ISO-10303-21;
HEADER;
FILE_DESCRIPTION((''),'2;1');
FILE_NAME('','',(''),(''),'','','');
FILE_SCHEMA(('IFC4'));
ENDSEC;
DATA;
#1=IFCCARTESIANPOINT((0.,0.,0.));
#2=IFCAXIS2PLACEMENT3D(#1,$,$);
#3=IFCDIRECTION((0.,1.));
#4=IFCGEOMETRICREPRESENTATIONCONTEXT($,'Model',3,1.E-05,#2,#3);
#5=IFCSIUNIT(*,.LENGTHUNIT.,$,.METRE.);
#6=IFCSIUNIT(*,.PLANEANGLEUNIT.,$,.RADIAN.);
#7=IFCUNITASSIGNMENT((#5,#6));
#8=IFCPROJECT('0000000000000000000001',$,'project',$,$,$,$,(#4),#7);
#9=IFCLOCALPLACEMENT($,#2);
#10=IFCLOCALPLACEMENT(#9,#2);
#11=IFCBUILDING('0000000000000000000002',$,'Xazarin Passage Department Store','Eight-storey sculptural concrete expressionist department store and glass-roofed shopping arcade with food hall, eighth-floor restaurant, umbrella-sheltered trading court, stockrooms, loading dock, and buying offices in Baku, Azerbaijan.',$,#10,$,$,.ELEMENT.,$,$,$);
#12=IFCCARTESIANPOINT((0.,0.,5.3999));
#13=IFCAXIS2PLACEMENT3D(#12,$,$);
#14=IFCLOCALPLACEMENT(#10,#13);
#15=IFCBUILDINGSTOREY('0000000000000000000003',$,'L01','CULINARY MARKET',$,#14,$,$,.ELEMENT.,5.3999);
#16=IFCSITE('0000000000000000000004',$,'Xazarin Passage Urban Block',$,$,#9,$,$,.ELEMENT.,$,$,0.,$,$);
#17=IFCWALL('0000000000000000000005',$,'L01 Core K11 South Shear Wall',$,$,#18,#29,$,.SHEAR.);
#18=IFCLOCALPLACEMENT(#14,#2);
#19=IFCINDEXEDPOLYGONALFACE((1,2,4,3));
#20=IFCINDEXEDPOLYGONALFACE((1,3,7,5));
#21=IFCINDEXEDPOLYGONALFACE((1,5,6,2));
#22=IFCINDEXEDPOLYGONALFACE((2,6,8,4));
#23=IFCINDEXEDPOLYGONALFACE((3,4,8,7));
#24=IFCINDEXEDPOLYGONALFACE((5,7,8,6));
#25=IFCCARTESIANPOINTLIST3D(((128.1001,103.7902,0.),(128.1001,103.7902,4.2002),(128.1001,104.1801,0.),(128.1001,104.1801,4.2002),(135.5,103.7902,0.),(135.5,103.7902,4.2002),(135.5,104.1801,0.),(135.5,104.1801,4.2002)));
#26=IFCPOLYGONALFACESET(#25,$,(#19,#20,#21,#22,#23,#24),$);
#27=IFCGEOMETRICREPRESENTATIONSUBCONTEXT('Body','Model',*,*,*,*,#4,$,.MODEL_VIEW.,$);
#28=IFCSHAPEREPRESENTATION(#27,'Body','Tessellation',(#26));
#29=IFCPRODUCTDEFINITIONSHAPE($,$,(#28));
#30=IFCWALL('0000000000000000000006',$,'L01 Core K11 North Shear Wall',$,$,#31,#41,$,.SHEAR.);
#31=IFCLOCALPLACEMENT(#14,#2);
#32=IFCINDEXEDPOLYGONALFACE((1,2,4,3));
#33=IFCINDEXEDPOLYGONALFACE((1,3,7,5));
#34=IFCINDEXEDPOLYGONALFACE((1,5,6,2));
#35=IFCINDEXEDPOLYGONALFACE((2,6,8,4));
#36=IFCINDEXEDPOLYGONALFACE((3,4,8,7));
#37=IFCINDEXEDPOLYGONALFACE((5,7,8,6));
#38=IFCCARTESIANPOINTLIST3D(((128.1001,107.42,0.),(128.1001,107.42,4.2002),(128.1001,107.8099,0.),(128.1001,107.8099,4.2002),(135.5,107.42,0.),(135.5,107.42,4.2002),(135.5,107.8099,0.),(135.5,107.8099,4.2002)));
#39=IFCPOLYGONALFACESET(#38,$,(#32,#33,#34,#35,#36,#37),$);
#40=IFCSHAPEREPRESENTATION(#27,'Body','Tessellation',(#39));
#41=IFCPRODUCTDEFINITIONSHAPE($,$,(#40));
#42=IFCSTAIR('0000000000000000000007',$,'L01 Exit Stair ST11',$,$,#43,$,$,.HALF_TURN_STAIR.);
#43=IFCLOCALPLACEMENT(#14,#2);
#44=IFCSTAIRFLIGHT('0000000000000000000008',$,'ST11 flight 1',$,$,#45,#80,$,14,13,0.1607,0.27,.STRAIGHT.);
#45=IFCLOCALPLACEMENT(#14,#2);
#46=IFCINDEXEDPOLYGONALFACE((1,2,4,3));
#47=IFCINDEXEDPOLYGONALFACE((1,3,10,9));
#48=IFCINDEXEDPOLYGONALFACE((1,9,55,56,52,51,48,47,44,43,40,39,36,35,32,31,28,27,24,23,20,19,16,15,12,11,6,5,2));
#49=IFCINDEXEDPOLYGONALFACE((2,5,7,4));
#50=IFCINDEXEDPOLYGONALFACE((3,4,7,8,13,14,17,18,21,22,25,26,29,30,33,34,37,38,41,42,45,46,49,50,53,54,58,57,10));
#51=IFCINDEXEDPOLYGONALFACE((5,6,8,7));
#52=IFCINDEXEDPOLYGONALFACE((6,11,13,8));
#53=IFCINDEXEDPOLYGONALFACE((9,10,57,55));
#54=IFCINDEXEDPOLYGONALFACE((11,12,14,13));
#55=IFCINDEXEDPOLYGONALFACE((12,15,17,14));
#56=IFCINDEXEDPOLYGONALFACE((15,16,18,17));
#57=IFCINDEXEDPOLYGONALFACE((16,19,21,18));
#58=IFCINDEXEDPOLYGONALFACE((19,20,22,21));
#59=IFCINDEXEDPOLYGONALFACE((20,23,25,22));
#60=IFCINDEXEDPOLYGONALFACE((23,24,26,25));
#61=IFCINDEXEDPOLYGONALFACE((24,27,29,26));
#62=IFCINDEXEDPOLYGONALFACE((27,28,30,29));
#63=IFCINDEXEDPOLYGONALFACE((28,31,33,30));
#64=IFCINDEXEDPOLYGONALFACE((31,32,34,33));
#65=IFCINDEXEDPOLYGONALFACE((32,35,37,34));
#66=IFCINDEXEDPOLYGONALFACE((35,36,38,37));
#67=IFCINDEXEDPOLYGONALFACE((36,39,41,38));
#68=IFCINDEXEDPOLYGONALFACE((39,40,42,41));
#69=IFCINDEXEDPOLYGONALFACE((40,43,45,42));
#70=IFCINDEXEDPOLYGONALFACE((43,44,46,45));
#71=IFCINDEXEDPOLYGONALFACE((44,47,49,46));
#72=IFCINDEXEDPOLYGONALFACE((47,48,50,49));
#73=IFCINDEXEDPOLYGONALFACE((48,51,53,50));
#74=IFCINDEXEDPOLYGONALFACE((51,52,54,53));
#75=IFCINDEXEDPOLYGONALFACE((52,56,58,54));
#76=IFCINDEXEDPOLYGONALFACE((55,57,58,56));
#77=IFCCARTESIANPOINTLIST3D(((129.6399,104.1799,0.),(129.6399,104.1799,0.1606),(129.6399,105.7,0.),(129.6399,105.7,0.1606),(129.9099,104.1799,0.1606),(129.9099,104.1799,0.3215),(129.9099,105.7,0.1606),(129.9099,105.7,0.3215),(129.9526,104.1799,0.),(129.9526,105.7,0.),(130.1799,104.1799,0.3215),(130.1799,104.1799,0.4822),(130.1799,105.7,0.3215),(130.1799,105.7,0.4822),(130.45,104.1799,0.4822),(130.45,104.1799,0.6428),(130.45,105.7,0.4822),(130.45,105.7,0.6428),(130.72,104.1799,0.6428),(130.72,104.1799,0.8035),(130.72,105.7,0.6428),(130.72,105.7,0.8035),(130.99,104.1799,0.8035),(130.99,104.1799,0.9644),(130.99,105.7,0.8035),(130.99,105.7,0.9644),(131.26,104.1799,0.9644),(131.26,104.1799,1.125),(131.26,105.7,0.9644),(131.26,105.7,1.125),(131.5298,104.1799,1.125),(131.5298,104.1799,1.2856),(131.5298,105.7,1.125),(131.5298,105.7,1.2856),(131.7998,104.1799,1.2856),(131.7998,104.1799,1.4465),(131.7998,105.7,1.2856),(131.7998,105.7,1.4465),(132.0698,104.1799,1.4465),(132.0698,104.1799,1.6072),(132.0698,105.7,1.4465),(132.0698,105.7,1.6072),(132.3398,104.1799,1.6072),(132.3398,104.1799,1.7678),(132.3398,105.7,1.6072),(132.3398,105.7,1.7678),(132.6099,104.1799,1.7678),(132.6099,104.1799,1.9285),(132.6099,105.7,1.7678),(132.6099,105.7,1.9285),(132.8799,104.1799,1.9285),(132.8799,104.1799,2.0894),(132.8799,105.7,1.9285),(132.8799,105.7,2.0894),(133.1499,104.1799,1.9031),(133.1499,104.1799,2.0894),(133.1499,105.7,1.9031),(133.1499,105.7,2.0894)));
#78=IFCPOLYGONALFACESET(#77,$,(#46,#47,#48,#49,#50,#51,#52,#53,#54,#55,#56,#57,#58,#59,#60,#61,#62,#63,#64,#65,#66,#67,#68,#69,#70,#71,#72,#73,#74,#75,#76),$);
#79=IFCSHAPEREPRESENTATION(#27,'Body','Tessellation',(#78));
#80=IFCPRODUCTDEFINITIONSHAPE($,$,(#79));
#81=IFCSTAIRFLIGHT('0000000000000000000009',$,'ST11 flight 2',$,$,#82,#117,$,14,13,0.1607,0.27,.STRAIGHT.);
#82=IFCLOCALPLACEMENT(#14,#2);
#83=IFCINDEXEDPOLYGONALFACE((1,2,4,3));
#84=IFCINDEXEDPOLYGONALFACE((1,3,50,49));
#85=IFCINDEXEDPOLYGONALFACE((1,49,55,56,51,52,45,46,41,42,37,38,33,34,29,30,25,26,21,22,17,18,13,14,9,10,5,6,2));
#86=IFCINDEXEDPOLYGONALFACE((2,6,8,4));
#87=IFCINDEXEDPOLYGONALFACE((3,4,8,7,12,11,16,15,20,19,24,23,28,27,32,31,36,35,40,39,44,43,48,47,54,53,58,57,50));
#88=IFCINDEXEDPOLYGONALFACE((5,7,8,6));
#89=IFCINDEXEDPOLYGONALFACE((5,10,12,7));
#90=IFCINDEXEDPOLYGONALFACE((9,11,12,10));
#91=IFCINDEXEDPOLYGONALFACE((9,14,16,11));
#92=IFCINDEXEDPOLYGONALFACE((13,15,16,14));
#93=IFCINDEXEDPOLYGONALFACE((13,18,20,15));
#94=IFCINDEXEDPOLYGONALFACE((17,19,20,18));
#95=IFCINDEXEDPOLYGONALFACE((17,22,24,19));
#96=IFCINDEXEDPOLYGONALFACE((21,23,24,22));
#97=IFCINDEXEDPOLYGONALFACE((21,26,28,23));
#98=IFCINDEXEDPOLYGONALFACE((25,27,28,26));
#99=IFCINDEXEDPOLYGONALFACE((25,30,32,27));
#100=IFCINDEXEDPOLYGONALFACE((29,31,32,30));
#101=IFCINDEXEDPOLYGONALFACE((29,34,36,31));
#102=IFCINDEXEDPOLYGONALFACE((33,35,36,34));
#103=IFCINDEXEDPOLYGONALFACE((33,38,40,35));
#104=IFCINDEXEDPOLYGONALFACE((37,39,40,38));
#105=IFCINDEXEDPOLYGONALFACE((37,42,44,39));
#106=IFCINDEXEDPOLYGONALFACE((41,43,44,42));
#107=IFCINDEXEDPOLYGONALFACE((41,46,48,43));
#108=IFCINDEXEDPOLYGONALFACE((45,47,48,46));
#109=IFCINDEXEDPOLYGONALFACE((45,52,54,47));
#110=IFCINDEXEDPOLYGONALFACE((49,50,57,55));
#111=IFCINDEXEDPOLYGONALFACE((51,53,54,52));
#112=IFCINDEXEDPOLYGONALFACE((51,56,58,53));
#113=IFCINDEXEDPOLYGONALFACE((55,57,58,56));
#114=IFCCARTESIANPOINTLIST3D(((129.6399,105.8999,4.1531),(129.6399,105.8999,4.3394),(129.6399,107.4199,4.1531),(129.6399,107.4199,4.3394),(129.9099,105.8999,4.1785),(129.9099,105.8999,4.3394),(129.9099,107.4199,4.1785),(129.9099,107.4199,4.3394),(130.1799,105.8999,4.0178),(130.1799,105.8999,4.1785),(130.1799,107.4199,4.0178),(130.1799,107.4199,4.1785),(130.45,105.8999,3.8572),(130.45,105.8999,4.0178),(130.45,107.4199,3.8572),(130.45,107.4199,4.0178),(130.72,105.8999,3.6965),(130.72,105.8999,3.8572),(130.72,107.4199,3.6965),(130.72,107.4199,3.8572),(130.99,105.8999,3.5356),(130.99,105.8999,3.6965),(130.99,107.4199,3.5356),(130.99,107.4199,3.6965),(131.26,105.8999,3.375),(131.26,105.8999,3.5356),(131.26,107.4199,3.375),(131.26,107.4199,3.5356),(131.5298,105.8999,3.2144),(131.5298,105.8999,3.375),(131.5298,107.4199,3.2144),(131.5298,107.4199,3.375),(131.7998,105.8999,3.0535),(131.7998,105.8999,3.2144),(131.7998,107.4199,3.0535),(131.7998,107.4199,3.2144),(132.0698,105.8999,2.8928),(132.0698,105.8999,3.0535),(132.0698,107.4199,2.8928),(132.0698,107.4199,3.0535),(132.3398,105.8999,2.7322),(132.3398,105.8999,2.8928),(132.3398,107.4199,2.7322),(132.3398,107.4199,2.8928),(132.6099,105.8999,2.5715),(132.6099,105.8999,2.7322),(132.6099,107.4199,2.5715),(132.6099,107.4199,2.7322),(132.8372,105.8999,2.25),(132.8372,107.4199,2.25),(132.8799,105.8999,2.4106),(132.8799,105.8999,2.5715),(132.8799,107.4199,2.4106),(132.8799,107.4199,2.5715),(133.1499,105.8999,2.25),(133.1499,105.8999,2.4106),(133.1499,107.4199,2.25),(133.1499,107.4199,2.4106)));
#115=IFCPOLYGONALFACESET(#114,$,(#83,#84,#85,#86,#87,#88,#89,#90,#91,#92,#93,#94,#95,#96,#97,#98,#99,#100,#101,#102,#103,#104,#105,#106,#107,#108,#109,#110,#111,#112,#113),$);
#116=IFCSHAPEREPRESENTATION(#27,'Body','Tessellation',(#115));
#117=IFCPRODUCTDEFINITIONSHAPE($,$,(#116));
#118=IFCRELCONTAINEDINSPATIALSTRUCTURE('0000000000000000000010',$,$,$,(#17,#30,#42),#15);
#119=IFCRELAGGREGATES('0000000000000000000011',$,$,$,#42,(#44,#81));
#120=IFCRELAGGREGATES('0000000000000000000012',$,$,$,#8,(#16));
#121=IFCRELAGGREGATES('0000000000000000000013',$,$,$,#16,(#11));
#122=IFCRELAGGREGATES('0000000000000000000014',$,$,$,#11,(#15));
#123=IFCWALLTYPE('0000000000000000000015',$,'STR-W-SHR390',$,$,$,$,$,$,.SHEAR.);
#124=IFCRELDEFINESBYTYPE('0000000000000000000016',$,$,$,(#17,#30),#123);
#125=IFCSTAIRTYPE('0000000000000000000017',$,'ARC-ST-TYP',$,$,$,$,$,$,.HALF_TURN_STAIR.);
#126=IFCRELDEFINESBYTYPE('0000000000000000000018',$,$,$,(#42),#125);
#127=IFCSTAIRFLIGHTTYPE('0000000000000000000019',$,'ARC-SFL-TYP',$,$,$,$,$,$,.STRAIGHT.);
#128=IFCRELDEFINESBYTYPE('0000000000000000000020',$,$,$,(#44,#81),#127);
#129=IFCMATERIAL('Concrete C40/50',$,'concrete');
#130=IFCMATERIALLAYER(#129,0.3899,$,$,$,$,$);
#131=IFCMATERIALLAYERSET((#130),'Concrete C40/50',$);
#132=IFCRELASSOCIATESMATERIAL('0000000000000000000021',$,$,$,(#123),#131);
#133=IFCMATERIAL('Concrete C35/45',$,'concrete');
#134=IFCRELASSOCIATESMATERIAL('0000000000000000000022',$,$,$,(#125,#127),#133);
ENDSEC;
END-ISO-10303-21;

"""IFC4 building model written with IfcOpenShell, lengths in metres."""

from ifc_helpers import new_model, si_unit, direction, frame, frame_2d, origin, place, context, subcontext, project, spatial, polyline, rectangle, outline, extrude, material, layer, layer_set, type_object, element, aggregate, save


model = new_model("IFC4")

# Units and contexts
model_context = context("Model", 3, precision=1e-05, world=origin(), true_north=direction((0.0, 1.0)))
body_context = subcontext(model_context, "Body", "Model", "MODEL_VIEW")
ifc_project = project(units=[si_unit("LENGTHUNIT", "METRE"), si_unit("PLANEANGLEUNIT", "RADIAN")], contexts=[model_context])

# Site, building, storey
site_placement = place(None, origin())
site = spatial("IfcSite", under=ifc_project, at=site_placement, Name="Xazarin Passage Urban Block", CompositionType="ELEMENT", RefElevation=0.0)
building_placement = place(site_placement, origin())
building = spatial("IfcBuilding", under=site, at=building_placement, Name="Xazarin Passage Department Store", Description="Eight-storey sculptural concrete expressionist department store and glass-roofed shopping arcade with food hall, eighth-floor restaurant, umbrella-sheltered trading court, stockrooms, loading dock, and buying offices in Baku, Azerbaijan.", CompositionType="ELEMENT")
storey_placement = place(building_placement, frame((0.0, 0.0, 5.3999)))
storey = spatial("IfcBuildingStorey", under=building, at=storey_placement, Name="L01", Description="CULINARY MARKET", CompositionType="ELEMENT", Elevation=5.3999)

# Shared definitions
ifc_material_1 = material(Name="Concrete C40/50", Category="concrete")

# Shared definitions
ifc_material_2 = material(Name="Concrete C35/45", Category="concrete")

# Shared definitions
ifc_layer_1 = layer(ifc_material_1, 0.3899)
ifc_layer_set_1 = layer_set([ifc_layer_1], Name="Concrete C40/50")
wall_type_1 = type_object("IfcWallType", Name="STR-W-SHR390", PredefinedType="SHEAR", material=ifc_layer_set_1)

# Walls
for number, where, z_axis, x_axis, name in (
    (1, (128.1001, 103.9851, 0.0), (0.0, 0.0, 1.0), (1.0, 0.0, 0.0), "L01 Core K11 South Shear Wall"),
    (2, (128.1001, 107.615, 0.0), (0.0, 0.0, 1.0), (1.0, 0.0, 0.0), "L01 Core K11 North Shear Wall"),
):
    element("IfcWall", number, at=place(storey_placement, frame(where, z_axis=z_axis, x_axis=x_axis)), inside=storey, type_object=wall_type_1, Name=name, PredefinedType="SHEAR", context=body_context, shape_type="SweptSolid", body=[
        extrude(rectangle(XDim=7.3999, YDim=0.3899, at=frame_2d((3.7, 0.0))), origin(), (0.0, 0.0, 1.0), 4.2002),
    ])

# Stair, stair flights
stair_type = type_object("IfcStairType", Name="ARC-ST-TYP", PredefinedType="HALF_TURN_STAIR", material=ifc_material_2)
stair_placement = place(storey_placement, origin())
stair = element("IfcStair", 3, at=stair_placement, inside=storey, type_object=stair_type, Name="L01 Exit Stair ST11", PredefinedType="HALF_TURN_STAIR")
stair_flight_type = type_object("IfcStairFlightType", Name="ARC-SFL-TYP", PredefinedType="STRAIGHT", material=ifc_material_2)
stair_flight_1_placement = place(storey_placement, frame((129.6399, 104.9399, 0.0), z_axis=(0.0, 0.0, 1.0), x_axis=(1.0, 0.0, 0.0)))
stair_flight_1 = element("IfcStairFlight", 4, at=stair_flight_1_placement, type_object=stair_flight_type, Name="ST11 flight 1", NumberOfRisers=14, NumberOfTreads=13, PredefinedType="STRAIGHT", RiserHeight=0.1607, TreadLength=0.27, context=body_context, shape_type="SweptSolid", body=[
    extrude(outline(polyline([(0.0, 0.0), (0.0, 0.1606), (0.27, 0.1606), (0.27, 0.3215), (0.54, 0.3215), (0.54, 0.4822), (0.8101, 0.4822), (0.8101, 0.6428), (1.0801, 0.6428), (1.0801, 0.8035), (1.3501, 0.8035), (1.3501, 0.9644), (1.6201, 0.9644), (1.6201, 1.125), (1.8899, 1.125), (1.8899, 1.2856), (2.1599, 1.2856), (2.1599, 1.4465), (2.4299, 1.4465), (2.4299, 1.6072), (2.7, 1.6072), (2.7, 1.7678), (2.97, 1.7678), (2.97, 1.9285), (3.24, 1.9285), (3.24, 2.0894), (3.51, 2.0894), (3.51, 2.25), (3.51, 1.9031), (0.3127, 0.0), (0.0, 0.0)])), frame((0.0, 0.76, 0.0), z_axis=(0.0, -1.0, 0.0), x_axis=(1.0, 0.0, 0.0)), (0.0, 0.0, 1.0), 1.52),
])
stair_flight_2_placement = place(storey_placement, frame((133.1499, 106.6599, 2.25), z_axis=(0.0, 0.0, 1.0), x_axis=(-1.0, 0.0, 0.0)))
stair_flight_2 = element("IfcStairFlight", 5, at=stair_flight_2_placement, type_object=stair_flight_type, Name="ST11 flight 2", NumberOfRisers=14, NumberOfTreads=13, PredefinedType="STRAIGHT", RiserHeight=0.1607, TreadLength=0.27, context=body_context, shape_type="SweptSolid", body=[
    extrude(outline(polyline([(0.0, 0.0), (0.0, 0.1606), (0.27, 0.1606), (0.27, 0.3215), (0.54, 0.3215), (0.54, 0.4822), (0.8101, 0.4822), (0.8101, 0.6428), (1.0801, 0.6428), (1.0801, 0.8035), (1.3501, 0.8035), (1.3501, 0.9644), (1.6201, 0.9644), (1.6201, 1.125), (1.8899, 1.125), (1.8899, 1.2856), (2.1599, 1.2856), (2.1599, 1.4465), (2.4299, 1.4465), (2.4299, 1.6072), (2.7, 1.6072), (2.7, 1.7678), (2.97, 1.7678), (2.97, 1.9285), (3.24, 1.9285), (3.24, 2.0894), (3.51, 2.0894), (3.51, 2.25), (3.51, 1.9031), (0.3127, 0.0), (0.0, 0.0)])), frame((0.0, 0.76, 0.0), z_axis=(0.0, -1.0, 0.0), x_axis=(1.0, 0.0, 0.0)), (0.0, 0.0, 1.0), 1.52),
])
aggregate(stair, [stair_flight_1, stair_flight_2])

save(model, "model.ifc")
